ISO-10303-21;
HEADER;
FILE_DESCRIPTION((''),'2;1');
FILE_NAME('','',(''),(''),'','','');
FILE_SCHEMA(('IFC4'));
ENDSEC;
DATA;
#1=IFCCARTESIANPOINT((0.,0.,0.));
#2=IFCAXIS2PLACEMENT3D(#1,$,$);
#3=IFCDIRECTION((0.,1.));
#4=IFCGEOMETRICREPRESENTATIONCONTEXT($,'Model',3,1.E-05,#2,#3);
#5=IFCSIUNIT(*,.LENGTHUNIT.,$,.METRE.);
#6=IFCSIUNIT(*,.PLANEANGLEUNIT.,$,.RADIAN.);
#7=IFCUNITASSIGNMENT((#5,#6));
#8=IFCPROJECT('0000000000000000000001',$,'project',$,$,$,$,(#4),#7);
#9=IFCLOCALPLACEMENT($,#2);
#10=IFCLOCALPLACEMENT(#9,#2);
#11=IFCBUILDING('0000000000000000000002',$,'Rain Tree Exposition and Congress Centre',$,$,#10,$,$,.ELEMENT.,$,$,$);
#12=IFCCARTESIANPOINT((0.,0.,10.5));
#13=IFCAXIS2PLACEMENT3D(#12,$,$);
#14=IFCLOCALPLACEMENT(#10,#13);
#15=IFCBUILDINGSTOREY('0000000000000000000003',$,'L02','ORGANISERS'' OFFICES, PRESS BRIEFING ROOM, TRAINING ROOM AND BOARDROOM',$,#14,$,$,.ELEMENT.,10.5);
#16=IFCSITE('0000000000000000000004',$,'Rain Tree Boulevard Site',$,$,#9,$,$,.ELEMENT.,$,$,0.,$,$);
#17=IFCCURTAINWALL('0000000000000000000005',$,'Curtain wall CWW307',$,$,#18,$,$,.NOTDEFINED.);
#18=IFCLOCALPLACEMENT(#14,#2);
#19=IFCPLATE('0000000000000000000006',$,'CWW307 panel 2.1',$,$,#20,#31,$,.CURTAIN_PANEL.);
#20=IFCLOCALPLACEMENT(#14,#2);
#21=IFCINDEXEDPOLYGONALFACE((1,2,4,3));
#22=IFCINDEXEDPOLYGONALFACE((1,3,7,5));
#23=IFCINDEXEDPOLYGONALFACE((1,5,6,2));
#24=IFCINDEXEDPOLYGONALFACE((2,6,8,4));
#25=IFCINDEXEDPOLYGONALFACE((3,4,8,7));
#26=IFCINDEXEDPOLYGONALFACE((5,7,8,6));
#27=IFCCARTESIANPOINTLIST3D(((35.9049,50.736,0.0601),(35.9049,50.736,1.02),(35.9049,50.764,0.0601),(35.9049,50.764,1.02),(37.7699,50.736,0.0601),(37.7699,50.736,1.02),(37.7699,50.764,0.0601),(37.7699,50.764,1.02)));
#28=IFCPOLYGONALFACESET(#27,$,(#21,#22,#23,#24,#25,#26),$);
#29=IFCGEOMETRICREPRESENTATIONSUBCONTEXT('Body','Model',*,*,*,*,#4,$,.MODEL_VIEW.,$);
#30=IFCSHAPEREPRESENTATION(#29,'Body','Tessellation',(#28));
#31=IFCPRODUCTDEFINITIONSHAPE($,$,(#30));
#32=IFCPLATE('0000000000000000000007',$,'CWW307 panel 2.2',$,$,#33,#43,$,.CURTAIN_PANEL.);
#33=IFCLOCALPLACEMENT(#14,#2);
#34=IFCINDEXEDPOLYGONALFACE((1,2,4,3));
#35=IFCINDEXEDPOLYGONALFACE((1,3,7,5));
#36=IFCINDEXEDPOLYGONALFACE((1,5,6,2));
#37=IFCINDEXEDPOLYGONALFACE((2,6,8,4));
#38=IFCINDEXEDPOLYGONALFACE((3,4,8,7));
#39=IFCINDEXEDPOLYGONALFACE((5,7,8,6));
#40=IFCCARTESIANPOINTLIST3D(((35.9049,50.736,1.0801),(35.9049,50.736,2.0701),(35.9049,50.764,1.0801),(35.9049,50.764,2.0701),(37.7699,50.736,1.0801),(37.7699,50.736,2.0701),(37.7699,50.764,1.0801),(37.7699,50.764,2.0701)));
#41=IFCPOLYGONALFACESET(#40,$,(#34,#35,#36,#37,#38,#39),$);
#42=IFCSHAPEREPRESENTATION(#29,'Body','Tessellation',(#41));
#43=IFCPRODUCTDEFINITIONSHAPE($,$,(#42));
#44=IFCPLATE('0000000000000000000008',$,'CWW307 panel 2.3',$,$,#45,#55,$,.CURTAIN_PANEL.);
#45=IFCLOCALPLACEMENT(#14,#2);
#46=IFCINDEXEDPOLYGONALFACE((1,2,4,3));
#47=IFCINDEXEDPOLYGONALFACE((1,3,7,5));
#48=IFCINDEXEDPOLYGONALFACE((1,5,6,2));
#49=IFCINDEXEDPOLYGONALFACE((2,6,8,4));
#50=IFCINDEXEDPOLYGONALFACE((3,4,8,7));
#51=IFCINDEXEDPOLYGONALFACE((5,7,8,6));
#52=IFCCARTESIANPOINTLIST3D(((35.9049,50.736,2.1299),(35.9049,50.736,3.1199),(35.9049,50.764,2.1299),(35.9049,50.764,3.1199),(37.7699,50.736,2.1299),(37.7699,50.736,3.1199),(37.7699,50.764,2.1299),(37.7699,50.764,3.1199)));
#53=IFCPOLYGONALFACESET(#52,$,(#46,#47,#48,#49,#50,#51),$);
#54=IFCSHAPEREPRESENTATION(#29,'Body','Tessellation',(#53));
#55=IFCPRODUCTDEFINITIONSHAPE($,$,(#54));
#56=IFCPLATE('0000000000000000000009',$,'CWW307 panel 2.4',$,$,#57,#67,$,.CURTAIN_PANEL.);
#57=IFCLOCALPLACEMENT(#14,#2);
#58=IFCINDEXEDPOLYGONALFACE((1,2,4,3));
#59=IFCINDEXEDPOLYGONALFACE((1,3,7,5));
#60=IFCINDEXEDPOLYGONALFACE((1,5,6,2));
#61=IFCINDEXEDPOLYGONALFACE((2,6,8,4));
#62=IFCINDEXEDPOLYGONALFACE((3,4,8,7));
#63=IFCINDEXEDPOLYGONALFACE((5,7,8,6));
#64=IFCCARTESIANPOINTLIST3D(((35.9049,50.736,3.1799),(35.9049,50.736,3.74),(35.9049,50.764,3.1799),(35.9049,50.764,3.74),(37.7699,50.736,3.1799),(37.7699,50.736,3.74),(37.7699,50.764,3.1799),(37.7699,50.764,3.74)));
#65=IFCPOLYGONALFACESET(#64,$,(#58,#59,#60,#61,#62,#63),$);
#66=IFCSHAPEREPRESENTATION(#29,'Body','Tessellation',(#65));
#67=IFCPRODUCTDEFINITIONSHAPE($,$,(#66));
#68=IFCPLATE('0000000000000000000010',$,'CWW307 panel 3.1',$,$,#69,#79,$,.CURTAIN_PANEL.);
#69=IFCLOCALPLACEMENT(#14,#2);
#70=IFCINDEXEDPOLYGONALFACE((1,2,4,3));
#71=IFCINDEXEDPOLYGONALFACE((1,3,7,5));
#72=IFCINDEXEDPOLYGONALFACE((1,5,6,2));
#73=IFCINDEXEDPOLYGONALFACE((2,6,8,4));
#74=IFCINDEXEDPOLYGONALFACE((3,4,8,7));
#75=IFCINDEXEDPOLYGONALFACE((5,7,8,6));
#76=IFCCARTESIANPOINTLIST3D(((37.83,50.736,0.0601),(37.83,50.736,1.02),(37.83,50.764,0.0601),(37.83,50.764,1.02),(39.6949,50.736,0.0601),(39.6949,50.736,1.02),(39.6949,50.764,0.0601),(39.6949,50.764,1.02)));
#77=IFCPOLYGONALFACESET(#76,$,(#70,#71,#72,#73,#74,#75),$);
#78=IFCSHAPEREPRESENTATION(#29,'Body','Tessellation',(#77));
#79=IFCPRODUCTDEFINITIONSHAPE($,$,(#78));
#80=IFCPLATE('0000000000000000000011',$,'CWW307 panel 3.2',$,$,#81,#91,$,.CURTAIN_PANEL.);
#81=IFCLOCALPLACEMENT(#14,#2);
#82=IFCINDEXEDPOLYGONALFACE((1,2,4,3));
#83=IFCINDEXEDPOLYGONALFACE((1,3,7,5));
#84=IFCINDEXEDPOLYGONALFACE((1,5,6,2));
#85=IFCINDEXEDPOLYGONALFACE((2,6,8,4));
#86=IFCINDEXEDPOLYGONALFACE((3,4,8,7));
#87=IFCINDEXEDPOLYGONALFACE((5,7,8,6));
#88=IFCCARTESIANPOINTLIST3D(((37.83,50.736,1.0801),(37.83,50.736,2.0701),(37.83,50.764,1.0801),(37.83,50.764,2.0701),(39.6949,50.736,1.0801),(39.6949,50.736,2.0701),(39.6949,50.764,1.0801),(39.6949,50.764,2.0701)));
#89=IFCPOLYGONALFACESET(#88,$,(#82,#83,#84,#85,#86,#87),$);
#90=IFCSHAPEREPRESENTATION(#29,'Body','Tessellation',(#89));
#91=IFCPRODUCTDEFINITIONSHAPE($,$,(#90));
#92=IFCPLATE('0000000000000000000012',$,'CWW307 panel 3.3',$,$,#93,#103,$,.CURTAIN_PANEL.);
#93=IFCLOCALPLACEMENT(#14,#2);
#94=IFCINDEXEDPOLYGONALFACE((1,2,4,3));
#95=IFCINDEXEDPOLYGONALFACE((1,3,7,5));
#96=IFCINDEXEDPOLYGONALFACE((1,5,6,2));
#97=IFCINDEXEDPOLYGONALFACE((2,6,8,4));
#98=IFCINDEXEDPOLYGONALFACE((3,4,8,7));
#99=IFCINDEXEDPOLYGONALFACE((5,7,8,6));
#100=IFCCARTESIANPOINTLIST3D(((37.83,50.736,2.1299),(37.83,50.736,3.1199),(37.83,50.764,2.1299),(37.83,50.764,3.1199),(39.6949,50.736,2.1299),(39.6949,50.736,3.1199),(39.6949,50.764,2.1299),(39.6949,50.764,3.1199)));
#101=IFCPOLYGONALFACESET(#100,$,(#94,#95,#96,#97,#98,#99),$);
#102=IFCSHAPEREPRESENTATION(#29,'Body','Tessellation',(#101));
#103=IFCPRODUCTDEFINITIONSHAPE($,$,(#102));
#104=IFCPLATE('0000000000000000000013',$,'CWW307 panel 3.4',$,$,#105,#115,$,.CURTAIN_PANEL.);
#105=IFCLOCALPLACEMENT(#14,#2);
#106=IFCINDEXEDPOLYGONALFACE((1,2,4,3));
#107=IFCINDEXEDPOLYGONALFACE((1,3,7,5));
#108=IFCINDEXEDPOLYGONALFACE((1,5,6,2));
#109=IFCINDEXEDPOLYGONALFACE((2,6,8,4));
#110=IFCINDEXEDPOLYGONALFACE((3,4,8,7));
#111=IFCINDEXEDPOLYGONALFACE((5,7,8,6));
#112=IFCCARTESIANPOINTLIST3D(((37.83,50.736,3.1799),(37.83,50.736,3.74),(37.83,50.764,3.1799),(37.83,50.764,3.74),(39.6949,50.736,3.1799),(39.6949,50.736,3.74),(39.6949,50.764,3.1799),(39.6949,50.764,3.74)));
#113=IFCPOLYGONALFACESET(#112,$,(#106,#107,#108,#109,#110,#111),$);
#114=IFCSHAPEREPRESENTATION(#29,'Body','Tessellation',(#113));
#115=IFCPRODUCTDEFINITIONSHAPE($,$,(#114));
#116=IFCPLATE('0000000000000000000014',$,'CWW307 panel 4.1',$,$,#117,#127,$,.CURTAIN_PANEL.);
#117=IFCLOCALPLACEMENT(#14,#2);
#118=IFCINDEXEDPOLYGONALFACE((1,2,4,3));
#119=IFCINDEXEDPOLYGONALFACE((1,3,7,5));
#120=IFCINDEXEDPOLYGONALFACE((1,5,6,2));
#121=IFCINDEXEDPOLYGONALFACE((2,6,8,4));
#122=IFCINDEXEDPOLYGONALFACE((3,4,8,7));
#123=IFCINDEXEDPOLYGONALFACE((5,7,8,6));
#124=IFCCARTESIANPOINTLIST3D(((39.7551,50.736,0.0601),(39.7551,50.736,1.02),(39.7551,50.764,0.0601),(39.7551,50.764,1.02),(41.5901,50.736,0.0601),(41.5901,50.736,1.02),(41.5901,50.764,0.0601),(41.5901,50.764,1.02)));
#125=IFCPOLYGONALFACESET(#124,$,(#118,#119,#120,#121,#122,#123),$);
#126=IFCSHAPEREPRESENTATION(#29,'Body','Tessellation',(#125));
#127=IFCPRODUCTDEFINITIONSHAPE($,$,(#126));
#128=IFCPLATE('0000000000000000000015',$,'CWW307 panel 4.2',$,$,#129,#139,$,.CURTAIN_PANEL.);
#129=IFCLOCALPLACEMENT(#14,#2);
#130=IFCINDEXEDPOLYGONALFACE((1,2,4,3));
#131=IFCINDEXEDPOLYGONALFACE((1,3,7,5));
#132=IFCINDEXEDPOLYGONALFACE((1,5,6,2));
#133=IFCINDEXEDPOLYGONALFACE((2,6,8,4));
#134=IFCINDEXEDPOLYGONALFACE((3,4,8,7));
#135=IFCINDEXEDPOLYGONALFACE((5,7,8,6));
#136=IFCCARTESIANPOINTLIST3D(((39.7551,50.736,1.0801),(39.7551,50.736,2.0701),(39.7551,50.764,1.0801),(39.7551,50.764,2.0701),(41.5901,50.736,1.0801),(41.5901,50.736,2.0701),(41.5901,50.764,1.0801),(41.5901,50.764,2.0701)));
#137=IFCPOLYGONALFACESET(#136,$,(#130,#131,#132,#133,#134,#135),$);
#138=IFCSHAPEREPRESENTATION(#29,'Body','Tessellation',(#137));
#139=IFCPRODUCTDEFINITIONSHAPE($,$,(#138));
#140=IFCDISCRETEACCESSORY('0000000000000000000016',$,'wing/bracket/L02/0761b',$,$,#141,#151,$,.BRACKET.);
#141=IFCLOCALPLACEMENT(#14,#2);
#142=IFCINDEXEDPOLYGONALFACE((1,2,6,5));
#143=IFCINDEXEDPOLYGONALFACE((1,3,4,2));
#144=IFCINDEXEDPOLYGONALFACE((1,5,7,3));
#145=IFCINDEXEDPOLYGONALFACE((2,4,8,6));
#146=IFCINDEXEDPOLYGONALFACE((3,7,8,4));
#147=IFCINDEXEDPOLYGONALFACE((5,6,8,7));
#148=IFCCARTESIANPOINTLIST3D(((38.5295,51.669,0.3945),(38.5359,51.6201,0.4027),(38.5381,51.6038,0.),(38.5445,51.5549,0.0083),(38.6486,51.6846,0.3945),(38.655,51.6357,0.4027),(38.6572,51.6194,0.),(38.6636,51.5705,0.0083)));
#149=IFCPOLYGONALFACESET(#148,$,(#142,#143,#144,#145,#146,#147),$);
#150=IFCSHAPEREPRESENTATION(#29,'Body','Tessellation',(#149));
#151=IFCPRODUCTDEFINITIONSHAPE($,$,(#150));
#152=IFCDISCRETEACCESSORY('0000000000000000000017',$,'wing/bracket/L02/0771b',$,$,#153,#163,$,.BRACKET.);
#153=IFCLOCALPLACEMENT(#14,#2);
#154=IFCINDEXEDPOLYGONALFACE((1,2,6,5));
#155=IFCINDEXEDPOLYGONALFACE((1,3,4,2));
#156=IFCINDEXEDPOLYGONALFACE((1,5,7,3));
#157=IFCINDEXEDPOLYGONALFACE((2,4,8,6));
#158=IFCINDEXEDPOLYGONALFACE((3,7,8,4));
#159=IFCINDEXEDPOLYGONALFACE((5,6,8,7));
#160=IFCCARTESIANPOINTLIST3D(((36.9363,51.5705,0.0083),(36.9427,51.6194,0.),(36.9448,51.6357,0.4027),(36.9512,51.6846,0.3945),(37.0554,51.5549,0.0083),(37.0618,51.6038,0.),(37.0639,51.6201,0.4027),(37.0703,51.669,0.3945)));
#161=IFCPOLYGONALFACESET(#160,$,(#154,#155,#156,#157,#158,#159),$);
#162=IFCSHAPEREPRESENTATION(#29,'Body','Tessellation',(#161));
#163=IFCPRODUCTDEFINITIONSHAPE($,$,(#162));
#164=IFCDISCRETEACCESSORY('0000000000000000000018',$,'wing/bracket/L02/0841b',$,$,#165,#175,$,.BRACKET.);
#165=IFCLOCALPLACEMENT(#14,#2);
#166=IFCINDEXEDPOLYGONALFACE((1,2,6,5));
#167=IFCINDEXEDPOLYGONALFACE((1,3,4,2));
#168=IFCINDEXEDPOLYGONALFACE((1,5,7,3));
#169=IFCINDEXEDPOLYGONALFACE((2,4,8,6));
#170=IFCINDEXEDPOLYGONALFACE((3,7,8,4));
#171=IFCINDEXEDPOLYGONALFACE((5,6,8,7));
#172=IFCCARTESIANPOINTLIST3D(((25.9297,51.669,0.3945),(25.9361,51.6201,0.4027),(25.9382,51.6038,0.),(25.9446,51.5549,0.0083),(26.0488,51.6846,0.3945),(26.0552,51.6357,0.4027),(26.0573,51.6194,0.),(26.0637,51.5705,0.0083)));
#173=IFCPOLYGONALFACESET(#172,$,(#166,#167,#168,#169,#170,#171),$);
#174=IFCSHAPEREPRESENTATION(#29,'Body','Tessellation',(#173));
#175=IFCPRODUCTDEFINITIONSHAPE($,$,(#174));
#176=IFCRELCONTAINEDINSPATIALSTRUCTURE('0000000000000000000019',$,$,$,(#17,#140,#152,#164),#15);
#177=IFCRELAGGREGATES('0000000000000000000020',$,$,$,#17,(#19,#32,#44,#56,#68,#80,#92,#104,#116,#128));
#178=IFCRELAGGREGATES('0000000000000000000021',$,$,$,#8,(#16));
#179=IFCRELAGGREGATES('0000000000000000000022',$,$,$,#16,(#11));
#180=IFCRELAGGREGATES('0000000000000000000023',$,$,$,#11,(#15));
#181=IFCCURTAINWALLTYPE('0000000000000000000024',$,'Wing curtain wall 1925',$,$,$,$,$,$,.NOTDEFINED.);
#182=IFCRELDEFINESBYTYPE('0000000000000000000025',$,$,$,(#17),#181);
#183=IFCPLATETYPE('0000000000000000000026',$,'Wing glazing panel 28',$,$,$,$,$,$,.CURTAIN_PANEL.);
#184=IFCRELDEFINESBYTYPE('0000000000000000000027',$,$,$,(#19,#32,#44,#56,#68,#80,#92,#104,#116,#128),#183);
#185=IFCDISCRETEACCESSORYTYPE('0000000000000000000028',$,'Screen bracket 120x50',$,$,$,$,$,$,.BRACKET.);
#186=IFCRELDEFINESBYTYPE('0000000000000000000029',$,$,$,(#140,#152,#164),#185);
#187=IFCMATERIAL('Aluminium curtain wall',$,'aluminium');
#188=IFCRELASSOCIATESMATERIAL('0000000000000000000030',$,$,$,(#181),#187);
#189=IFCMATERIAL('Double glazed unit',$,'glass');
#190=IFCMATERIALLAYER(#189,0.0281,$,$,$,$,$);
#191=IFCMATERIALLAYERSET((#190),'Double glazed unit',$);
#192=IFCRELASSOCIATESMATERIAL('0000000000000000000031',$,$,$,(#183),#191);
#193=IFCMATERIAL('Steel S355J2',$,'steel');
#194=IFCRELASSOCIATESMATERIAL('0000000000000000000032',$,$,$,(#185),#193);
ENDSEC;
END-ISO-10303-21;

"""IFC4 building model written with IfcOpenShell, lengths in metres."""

from ifc_helpers import new_model, si_unit, direction, frame, origin, origin_2d, place, context, subcontext, project, spatial, rectangle, extrude, material, layer, layer_set, material_profile, profile_set, type_object, element, aggregate, save


model = new_model("IFC4")

# Units and contexts
model_context = context("Model", 3, precision=1e-05, world=origin(), true_north=direction((0.0, 1.0)))
body_context = subcontext(model_context, "Body", "Model", "MODEL_VIEW")
ifc_project = project(units=[si_unit("LENGTHUNIT", "METRE"), si_unit("PLANEANGLEUNIT", "RADIAN")], contexts=[model_context])

# Site, building, storey
site_placement = place(None, origin())
site = spatial("IfcSite", under=ifc_project, at=site_placement, Name="Rain Tree Boulevard Site", CompositionType="ELEMENT", RefElevation=0.0)
building_placement = place(site_placement, origin())
building = spatial("IfcBuilding", under=site, at=building_placement, Name="Rain Tree Exposition and Congress Centre", CompositionType="ELEMENT")
storey_placement = place(building_placement, frame((0.0, 0.0, 10.5)))
storey = spatial("IfcBuildingStorey", under=building, at=storey_placement, Name="L02", Description="ORGANISERS' OFFICES, PRESS BRIEFING ROOM, TRAINING ROOM AND BOARDROOM", CompositionType="ELEMENT", Elevation=10.5)

# Curtain wall, plates
ifc_material_1 = material(Name="Aluminium curtain wall", Category="aluminium")
curtain_wall_type = type_object("IfcCurtainWallType", Name="Wing curtain wall 1925", PredefinedType="NOTDEFINED", material=ifc_material_1)
curtain_wall_placement = place(storey_placement, origin())
curtain_wall = element("IfcCurtainWall", 1, at=curtain_wall_placement, inside=storey, type_object=curtain_wall_type, Name="Curtain wall CWW307", PredefinedType="NOTDEFINED")
ifc_material_2 = material(Name="Double glazed unit", Category="glass")
ifc_layer_1 = layer(ifc_material_2, 0.0281)
ifc_layer_set_1 = layer_set([ifc_layer_1], Name="Double glazed unit")
plate_type = type_object("IfcPlateType", Name="Wing glazing panel 28", PredefinedType="CURTAIN_PANEL", material=ifc_layer_set_1)
plate_1_placement = place(storey_placement, frame((36.8374, 50.75, 0.0601), z_axis=(0.0, 0.0, 1.0), x_axis=(1.0, 0.0, 0.0)))
plate_1 = element("IfcPlate", 2, at=plate_1_placement, type_object=plate_type, Name="CWW307 panel 2.1", PredefinedType="CURTAIN_PANEL", context=body_context, shape_type="SweptSolid", body=[
    extrude(rectangle(XDim=1.865, YDim=0.0281, at=origin_2d()), origin(), (0.0, 0.0, 1.0), 0.96),
])
plate_2_placement = place(storey_placement, frame((36.8374, 50.75, 1.0801), z_axis=(0.0, 0.0, 1.0), x_axis=(1.0, 0.0, 0.0)))
plate_2 = element("IfcPlate", 3, at=plate_2_placement, type_object=plate_type, Name="CWW307 panel 2.2", PredefinedType="CURTAIN_PANEL", context=body_context, shape_type="SweptSolid", body=[
    extrude(rectangle(XDim=1.865, YDim=0.0281, at=origin_2d()), origin(), (0.0, 0.0, 1.0), 0.99),
])
plate_3_placement = place(storey_placement, frame((36.8374, 50.75, 2.1299), z_axis=(0.0, 0.0, 1.0), x_axis=(1.0, 0.0, 0.0)))
plate_3 = element("IfcPlate", 4, at=plate_3_placement, type_object=plate_type, Name="CWW307 panel 2.3", PredefinedType="CURTAIN_PANEL", context=body_context, shape_type="SweptSolid", body=[
    extrude(rectangle(XDim=1.865, YDim=0.0281, at=origin_2d()), origin(), (0.0, 0.0, 1.0), 0.99),
])
plate_4_placement = place(storey_placement, frame((36.8374, 50.75, 3.1799), z_axis=(0.0, 0.0, 1.0), x_axis=(1.0, 0.0, 0.0)))
plate_4 = element("IfcPlate", 5, at=plate_4_placement, type_object=plate_type, Name="CWW307 panel 2.4", PredefinedType="CURTAIN_PANEL", context=body_context, shape_type="SweptSolid", body=[
    extrude(rectangle(XDim=1.865, YDim=0.0281, at=origin_2d()), origin(), (0.0, 0.0, 1.0), 0.5601),
])
plate_5_placement = place(storey_placement, frame((38.7625, 50.75, 0.0601), z_axis=(0.0, 0.0, 1.0), x_axis=(1.0, 0.0, 0.0)))
plate_5 = element("IfcPlate", 6, at=plate_5_placement, type_object=plate_type, Name="CWW307 panel 3.1", PredefinedType="CURTAIN_PANEL", context=body_context, shape_type="SweptSolid", body=[
    extrude(rectangle(XDim=1.865, YDim=0.0281, at=origin_2d()), origin(), (0.0, 0.0, 1.0), 0.96),
])
plate_6_placement = place(storey_placement, frame((38.7625, 50.75, 1.0801), z_axis=(0.0, 0.0, 1.0), x_axis=(1.0, 0.0, 0.0)))
plate_6 = element("IfcPlate", 7, at=plate_6_placement, type_object=plate_type, Name="CWW307 panel 3.2", PredefinedType="CURTAIN_PANEL", context=body_context, shape_type="SweptSolid", body=[
    extrude(rectangle(XDim=1.865, YDim=0.0281, at=origin_2d()), origin(), (0.0, 0.0, 1.0), 0.99),
])
plate_7_placement = place(storey_placement, frame((38.7625, 50.75, 2.1299), z_axis=(0.0, 0.0, 1.0), x_axis=(1.0, 0.0, 0.0)))
plate_7 = element("IfcPlate", 8, at=plate_7_placement, type_object=plate_type, Name="CWW307 panel 3.3", PredefinedType="CURTAIN_PANEL", context=body_context, shape_type="SweptSolid", body=[
    extrude(rectangle(XDim=1.865, YDim=0.0281, at=origin_2d()), origin(), (0.0, 0.0, 1.0), 0.99),
])
plate_8_placement = place(storey_placement, frame((38.7625, 50.75, 3.1799), z_axis=(0.0, 0.0, 1.0), x_axis=(1.0, 0.0, 0.0)))
plate_8 = element("IfcPlate", 9, at=plate_8_placement, type_object=plate_type, Name="CWW307 panel 3.4", PredefinedType="CURTAIN_PANEL", context=body_context, shape_type="SweptSolid", body=[
    extrude(rectangle(XDim=1.865, YDim=0.0281, at=origin_2d()), origin(), (0.0, 0.0, 1.0), 0.5601),
])
plate_9_placement = place(storey_placement, frame((40.6726, 50.75, 0.0601), z_axis=(0.0, 0.0, 1.0), x_axis=(1.0, 0.0, 0.0)))
plate_9 = element("IfcPlate", 10, at=plate_9_placement, type_object=plate_type, Name="CWW307 panel 4.1", PredefinedType="CURTAIN_PANEL", context=body_context, shape_type="SweptSolid", body=[
    extrude(rectangle(XDim=1.835, YDim=0.0281, at=origin_2d()), origin(), (0.0, 0.0, 1.0), 0.96),
])
plate_10_placement = place(storey_placement, frame((40.6726, 50.75, 1.0801), z_axis=(0.0, 0.0, 1.0), x_axis=(1.0, 0.0, 0.0)))
plate_10 = element("IfcPlate", 11, at=plate_10_placement, type_object=plate_type, Name="CWW307 panel 4.2", PredefinedType="CURTAIN_PANEL", context=body_context, shape_type="SweptSolid", body=[
    extrude(rectangle(XDim=1.835, YDim=0.0281, at=origin_2d()), origin(), (0.0, 0.0, 1.0), 0.99),
])
aggregate(curtain_wall, [plate_1, plate_2, plate_3, plate_4, plate_5, plate_6, plate_7, plate_8, plate_9, plate_10])

# Discrete accessories
ifc_material_3 = material(Name="Steel S355J2", Category="steel")
ifc_material_profile_1 = material_profile(ifc_material_3, rectangle(XDim=0.1201, YDim=0.05, at=origin_2d()), Name="Flat bar 120x50")
ifc_profile_set_1 = profile_set([ifc_material_profile_1], Name="Steel S355J2")
discrete_accessory_type = type_object("IfcDiscreteAccessoryType", Name="Screen bracket 120x50", PredefinedType="BRACKET", material=ifc_profile_set_1)
for number, where, z_axis, x_axis, name in (
    (12, (38.6008, 51.5872, 0.0042), (-0.021364, 0.162976, 0.986399), (-0.991517, -0.129974, 0.0), "wing/bracket/L02/0761b"),
    (13, (36.999, 51.5872, 0.0042), (0.021364, 0.162976, 0.986399), (-0.991517, 0.129974, 0.0), "wing/bracket/L02/0771b"),
    (14, (26.001, 51.5872, 0.0042), (-0.021364, 0.162976, 0.986399), (-0.991517, -0.129974, 0.0), "wing/bracket/L02/0841b"),
):
    element("IfcDiscreteAccessory", number, at=place(storey_placement, frame(where, z_axis=z_axis, x_axis=x_axis)), inside=storey, type_object=discrete_accessory_type, Name=name, PredefinedType="BRACKET", context=body_context, shape_type="SweptSolid", body=[
        extrude(rectangle(XDim=0.1201, YDim=0.05, at=origin_2d()), origin(), (0.0, 0.0, 1.0), 0.3999),
    ])

save(model, "model.ifc")
